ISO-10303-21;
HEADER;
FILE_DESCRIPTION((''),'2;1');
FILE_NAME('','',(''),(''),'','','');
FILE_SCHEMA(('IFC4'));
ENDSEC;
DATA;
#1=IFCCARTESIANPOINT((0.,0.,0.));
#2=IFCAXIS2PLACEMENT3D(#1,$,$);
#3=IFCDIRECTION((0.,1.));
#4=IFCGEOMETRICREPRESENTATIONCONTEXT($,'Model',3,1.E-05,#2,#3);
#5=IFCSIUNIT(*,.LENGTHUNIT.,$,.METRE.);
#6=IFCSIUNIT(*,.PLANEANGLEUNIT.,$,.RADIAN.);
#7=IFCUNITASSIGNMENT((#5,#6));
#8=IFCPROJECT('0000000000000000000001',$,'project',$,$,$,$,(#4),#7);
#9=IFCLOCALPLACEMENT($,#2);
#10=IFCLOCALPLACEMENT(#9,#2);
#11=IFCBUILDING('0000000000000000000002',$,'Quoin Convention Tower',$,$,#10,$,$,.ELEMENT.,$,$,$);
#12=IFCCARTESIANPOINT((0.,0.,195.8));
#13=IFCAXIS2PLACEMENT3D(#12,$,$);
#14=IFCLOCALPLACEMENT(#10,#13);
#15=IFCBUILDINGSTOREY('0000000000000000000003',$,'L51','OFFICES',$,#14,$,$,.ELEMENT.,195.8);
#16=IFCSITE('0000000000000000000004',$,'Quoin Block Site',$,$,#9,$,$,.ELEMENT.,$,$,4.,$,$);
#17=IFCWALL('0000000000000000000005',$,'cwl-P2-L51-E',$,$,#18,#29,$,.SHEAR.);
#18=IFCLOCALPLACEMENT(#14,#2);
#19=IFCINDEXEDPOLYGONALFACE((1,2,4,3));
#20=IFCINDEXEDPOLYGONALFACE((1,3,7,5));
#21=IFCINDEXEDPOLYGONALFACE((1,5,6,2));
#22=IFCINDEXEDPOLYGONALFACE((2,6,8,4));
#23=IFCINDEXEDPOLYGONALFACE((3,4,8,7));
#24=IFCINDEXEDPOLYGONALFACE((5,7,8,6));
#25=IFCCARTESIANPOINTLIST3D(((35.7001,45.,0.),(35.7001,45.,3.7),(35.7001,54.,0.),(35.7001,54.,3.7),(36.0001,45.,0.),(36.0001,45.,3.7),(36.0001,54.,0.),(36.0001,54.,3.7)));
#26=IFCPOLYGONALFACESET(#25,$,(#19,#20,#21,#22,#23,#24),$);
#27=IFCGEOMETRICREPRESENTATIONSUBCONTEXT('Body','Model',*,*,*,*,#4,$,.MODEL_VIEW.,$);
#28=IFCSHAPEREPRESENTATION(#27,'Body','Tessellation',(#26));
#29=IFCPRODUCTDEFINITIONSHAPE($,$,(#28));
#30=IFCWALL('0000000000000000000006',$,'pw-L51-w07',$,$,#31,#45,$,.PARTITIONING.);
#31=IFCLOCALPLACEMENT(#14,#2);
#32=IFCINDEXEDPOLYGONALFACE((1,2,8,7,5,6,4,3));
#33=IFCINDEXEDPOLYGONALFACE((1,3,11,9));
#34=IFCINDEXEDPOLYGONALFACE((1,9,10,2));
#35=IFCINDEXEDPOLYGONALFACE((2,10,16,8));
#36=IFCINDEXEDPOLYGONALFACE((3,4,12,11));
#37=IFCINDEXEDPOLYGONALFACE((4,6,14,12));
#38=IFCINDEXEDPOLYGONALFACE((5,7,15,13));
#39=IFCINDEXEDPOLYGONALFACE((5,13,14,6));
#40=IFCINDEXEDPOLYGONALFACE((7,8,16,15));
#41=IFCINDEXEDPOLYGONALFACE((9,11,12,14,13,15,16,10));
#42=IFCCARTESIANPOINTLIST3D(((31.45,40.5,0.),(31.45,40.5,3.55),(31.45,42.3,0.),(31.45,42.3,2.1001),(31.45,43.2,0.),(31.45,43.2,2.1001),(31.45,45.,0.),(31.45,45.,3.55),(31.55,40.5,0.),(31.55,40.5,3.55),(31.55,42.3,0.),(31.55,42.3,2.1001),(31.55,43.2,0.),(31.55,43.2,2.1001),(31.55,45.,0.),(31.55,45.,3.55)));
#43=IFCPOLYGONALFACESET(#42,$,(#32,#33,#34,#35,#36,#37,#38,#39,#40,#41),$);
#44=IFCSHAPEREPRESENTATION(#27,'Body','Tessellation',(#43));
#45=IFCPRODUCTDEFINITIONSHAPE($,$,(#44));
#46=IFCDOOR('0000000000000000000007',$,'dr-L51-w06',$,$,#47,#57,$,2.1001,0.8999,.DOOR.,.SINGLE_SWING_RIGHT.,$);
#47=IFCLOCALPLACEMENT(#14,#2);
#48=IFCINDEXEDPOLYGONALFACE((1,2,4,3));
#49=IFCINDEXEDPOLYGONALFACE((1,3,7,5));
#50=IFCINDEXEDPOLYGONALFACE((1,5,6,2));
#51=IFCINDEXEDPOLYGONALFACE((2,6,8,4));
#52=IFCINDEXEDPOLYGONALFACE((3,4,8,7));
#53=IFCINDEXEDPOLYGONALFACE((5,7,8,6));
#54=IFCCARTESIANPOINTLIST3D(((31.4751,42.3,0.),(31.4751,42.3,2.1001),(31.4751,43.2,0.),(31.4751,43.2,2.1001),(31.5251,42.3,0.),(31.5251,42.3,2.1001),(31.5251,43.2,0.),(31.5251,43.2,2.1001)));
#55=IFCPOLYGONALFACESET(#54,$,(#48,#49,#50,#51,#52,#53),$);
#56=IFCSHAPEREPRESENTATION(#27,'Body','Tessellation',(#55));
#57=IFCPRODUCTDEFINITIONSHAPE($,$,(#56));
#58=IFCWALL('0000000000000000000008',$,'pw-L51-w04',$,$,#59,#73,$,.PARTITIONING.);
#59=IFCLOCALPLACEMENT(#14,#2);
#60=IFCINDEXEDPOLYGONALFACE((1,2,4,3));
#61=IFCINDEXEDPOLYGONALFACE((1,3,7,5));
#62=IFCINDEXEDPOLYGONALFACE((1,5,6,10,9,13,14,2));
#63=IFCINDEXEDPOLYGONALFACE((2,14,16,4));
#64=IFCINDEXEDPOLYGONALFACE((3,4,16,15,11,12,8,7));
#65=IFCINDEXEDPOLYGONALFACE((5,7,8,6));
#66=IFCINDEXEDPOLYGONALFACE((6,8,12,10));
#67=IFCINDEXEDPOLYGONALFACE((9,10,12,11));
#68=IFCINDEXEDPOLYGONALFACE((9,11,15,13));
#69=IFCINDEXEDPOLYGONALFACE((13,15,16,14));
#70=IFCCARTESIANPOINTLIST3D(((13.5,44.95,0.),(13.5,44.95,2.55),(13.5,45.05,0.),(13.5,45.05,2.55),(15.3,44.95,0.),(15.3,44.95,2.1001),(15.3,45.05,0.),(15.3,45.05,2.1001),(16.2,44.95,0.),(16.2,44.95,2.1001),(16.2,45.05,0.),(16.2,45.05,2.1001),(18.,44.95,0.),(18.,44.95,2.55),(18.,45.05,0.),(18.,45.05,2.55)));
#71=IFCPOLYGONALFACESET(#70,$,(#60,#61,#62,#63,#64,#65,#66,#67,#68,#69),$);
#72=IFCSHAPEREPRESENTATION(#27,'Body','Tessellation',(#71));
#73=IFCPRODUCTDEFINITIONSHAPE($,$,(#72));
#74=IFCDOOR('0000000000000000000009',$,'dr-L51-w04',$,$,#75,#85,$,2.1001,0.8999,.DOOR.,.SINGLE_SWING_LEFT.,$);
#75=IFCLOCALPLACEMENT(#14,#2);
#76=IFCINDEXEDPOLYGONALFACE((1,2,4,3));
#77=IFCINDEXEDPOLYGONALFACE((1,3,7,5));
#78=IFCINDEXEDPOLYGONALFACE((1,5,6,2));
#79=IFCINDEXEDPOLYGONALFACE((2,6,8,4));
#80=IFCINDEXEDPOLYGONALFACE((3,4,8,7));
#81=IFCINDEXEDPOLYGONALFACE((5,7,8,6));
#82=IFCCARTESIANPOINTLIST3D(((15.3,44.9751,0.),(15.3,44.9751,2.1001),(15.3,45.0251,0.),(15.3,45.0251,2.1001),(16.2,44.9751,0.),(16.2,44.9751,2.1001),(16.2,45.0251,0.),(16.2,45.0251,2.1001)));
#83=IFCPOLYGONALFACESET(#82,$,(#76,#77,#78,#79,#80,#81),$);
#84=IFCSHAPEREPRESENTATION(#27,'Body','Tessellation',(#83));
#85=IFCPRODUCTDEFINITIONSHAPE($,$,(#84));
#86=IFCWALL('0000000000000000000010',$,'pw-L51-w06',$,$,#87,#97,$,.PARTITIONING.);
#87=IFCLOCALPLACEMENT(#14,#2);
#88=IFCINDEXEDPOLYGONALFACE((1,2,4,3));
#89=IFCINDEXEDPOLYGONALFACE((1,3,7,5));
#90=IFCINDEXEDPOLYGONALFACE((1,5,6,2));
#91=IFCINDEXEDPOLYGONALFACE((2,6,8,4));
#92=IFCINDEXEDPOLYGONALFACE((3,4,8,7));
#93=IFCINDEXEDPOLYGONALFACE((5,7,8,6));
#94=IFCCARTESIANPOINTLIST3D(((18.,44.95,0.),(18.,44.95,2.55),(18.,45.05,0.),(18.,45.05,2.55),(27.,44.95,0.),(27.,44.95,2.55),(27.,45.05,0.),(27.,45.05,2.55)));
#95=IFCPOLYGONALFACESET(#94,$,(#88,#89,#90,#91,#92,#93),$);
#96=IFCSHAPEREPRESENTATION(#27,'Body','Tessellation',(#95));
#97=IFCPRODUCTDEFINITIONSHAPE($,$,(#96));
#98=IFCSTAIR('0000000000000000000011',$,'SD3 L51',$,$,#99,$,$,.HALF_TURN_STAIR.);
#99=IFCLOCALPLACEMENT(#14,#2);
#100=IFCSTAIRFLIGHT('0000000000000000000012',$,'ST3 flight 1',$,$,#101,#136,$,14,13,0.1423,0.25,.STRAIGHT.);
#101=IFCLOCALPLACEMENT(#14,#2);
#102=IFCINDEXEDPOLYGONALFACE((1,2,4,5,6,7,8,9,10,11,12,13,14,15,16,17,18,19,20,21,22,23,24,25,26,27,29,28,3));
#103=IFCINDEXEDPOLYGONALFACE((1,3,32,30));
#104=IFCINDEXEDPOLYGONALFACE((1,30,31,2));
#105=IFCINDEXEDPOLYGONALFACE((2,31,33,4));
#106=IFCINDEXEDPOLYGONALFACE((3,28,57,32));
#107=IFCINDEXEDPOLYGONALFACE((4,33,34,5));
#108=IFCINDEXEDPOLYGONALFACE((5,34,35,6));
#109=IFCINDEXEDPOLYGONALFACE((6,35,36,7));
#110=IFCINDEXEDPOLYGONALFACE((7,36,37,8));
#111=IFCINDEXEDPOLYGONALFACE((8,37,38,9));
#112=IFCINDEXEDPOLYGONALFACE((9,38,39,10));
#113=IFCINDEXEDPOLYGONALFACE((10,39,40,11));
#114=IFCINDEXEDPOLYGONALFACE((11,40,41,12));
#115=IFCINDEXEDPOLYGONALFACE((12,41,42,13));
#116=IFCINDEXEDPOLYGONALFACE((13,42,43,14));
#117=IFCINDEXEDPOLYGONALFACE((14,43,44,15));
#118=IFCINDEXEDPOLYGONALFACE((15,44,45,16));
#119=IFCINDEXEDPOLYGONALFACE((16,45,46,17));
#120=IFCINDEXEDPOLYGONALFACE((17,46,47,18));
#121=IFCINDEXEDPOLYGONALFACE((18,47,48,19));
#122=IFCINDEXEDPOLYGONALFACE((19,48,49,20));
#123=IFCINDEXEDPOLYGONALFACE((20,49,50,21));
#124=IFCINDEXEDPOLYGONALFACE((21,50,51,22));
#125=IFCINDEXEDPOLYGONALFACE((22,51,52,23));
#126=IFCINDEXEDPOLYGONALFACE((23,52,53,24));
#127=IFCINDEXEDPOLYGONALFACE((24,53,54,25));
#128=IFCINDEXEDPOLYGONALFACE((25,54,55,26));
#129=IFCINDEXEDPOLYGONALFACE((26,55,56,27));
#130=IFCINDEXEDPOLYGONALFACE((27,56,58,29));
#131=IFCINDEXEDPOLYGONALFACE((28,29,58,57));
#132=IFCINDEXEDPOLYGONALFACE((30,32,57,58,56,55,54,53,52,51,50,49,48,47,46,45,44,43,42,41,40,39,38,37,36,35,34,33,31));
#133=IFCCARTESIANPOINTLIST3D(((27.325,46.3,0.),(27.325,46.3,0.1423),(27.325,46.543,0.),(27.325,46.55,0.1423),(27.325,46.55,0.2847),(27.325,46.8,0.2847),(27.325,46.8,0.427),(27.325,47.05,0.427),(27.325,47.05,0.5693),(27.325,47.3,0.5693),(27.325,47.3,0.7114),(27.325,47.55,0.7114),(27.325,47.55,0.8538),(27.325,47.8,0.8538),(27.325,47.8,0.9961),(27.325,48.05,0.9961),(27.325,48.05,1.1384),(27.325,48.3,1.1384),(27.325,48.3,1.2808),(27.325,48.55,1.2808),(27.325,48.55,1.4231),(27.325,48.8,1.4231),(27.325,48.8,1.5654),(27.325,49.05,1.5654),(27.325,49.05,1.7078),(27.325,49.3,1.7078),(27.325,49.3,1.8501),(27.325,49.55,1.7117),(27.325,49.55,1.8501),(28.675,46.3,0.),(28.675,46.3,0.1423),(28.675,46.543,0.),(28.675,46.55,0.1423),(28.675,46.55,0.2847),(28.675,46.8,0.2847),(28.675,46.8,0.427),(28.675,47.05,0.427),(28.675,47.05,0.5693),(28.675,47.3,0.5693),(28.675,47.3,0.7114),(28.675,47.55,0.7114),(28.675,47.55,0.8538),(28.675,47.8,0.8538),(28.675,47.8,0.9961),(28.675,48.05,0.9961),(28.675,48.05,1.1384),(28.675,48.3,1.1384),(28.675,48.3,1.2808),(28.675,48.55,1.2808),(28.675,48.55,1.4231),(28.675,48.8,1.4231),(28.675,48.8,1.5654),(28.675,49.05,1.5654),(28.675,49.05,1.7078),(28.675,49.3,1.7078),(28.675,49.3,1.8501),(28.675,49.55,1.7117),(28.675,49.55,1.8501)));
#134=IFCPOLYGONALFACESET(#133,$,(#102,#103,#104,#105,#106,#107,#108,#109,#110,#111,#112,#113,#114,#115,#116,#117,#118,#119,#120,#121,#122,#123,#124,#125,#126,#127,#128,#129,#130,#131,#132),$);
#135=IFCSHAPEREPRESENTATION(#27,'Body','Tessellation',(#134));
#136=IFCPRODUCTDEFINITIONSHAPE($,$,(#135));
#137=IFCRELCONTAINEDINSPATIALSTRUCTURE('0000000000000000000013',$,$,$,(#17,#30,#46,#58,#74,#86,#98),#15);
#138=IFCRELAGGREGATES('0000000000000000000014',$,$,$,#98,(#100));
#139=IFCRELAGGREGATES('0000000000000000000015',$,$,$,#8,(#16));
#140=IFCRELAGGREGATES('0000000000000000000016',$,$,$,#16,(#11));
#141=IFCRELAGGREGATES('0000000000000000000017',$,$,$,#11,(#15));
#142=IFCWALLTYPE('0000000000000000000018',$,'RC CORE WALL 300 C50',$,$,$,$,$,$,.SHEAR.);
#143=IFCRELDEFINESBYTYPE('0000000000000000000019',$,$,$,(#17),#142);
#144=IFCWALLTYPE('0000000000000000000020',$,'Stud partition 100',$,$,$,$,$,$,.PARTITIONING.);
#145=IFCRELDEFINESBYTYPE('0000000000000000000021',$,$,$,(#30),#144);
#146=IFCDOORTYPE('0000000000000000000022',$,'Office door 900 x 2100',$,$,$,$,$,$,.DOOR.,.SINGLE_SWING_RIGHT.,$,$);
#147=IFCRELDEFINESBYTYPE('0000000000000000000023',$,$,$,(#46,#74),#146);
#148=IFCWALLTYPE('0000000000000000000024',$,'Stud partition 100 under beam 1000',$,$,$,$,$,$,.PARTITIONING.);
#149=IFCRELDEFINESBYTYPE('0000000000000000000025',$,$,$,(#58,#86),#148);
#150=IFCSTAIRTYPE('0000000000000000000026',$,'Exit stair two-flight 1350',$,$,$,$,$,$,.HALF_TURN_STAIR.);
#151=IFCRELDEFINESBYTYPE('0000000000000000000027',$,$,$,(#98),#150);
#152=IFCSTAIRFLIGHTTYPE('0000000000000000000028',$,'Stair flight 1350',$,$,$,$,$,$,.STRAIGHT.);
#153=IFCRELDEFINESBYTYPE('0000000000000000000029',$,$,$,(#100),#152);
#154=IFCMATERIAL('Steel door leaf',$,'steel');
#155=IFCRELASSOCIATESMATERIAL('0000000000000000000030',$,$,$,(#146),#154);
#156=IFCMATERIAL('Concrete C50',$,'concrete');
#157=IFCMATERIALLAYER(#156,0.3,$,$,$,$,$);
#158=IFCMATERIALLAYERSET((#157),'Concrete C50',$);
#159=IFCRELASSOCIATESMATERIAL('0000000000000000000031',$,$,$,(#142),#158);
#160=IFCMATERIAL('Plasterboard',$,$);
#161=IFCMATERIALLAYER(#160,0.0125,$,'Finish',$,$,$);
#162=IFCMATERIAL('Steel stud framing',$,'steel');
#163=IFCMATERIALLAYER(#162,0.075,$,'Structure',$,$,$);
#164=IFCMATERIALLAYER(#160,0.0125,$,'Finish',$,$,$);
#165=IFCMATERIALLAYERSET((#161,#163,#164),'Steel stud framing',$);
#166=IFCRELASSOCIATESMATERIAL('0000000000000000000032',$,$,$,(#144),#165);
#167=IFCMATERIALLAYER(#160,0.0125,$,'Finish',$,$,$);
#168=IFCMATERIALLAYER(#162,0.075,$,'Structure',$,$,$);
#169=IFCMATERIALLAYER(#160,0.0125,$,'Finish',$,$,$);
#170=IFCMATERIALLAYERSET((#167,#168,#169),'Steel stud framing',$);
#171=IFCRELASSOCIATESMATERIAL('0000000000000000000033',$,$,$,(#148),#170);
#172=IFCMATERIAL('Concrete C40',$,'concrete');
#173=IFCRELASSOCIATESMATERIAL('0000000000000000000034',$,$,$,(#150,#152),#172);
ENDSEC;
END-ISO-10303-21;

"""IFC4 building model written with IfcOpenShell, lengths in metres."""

from ifc_helpers import new_model, si_unit, direction, frame, frame_2d, origin, place, context, subcontext, project, spatial, polyline, rectangle, outline, extrude, material, layer, layer_set, type_object, element, fill, aggregate, save


model = new_model("IFC4")

# Units and contexts
model_context = context("Model", 3, precision=1e-05, world=origin(), true_north=direction((0.0, 1.0)))
body_context = subcontext(model_context, "Body", "Model", "MODEL_VIEW")
ifc_project = project(units=[si_unit("LENGTHUNIT", "METRE"), si_unit("PLANEANGLEUNIT", "RADIAN")], contexts=[model_context])

# Site, building, storey
site_placement = place(None, origin())
site = spatial("IfcSite", under=ifc_project, at=site_placement, Name="Quoin Block Site", CompositionType="ELEMENT", RefElevation=4.0)
building_placement = place(site_placement, origin())
building = spatial("IfcBuilding", under=site, at=building_placement, Name="Quoin Convention Tower", CompositionType="ELEMENT")
storey_placement = place(building_placement, frame((0.0, 0.0, 195.8)))
storey = spatial("IfcBuildingStorey", under=building, at=storey_placement, Name="L51", Description="OFFICES", CompositionType="ELEMENT", Elevation=195.8)

# Shared definitions
ifc_material_1 = material(Name="Concrete C50", Category="concrete")

# Shared definitions
ifc_material_2 = material(Name="Plasterboard")
ifc_material_3 = material(Name="Steel stud framing", Category="steel")
ifc_material_4 = material(Name="Steel door leaf", Category="steel")
door_type_1 = type_object("IfcDoorType", Name="Office door 900 x 2100", OperationType="SINGLE_SWING_RIGHT", PredefinedType="DOOR", material=ifc_material_4)
ifc_layer_1 = layer(ifc_material_1, 0.3)
ifc_layer_set_1 = layer_set([ifc_layer_1], Name="Concrete C50")
wall_type_1 = type_object("IfcWallType", Name="RC CORE WALL 300 C50", PredefinedType="SHEAR", material=ifc_layer_set_1)

# Wall
wall_1_placement = place(storey_placement, frame((35.8501, 45.0, 0.0), z_axis=(0.0, 0.0, 1.0), x_axis=(0.0, 1.0, 0.0)))
element("IfcWall", 1, at=wall_1_placement, inside=storey, type_object=wall_type_1, Name="cwl-P2-L51-E", PredefinedType="SHEAR", context=body_context, shape_type="SweptSolid", body=[
    extrude(rectangle(XDim=9.0, YDim=0.3, at=frame_2d((4.5, 0.0))), origin(), (0.0, 0.0, 1.0), 3.7),
])

# Walls, openings, doors
ifc_layer_2 = layer(ifc_material_2, 0.0125, Name="Finish")
ifc_layer_3 = layer(ifc_material_3, 0.075, Name="Structure")
ifc_layer_4 = layer(ifc_material_2, 0.0125, Name="Finish")
ifc_layer_set_2 = layer_set([ifc_layer_2, ifc_layer_3, ifc_layer_4], Name="Steel stud framing")
wall_type_2 = type_object("IfcWallType", Name="Stud partition 100", PredefinedType="PARTITIONING", material=ifc_layer_set_2)
wall_2_placement = place(storey_placement, frame((31.5, 45.0, 0.0), z_axis=(0.0, 0.0, 1.0), x_axis=(0.0, -1.0, 0.0)))
wall_2 = element("IfcWall", 2, at=wall_2_placement, inside=storey, type_object=wall_type_2, Name="pw-L51-w07", PredefinedType="PARTITIONING", context=body_context, shape_type="SweptSolid", body=[
    extrude(rectangle(XDim=4.5, YDim=0.1001, at=frame_2d((2.25, 0.0))), origin(), (0.0, 0.0, 1.0), 3.55),
])
opening_1_placement = place(wall_2_placement, frame((1.8, 0.0, 0.0)))
opening_1 = element("IfcOpeningElement", 3, at=opening_1_placement, cuts=wall_2, PredefinedType="OPENING", context=body_context, shape_type="SweptSolid", body=[
    extrude(rectangle(XDim=0.8999, YDim=2.1001, at=frame_2d((0.45, 1.05))), frame((0.0, 0.0601, 0.0), z_axis=(0.0, -1.0, 0.0), x_axis=(1.0, 0.0, 0.0)), (0.0, 0.0, 1.0), 0.1201),
])
door_1_placement = place(opening_1_placement, frame((0.8999, 0.0, 0.0), z_axis=(0.0, 0.0, 1.0), x_axis=(-1.0, 0.0, 0.0)))
door_1 = element("IfcDoor", 4, at=door_1_placement, inside=storey, type_object=door_type_1, Name="dr-L51-w06", OperationType="SINGLE_SWING_RIGHT", OverallHeight=2.1001, OverallWidth=0.8999, PredefinedType="DOOR", context=body_context, shape_type="SweptSolid", body=[
    extrude(rectangle(XDim=0.8999, YDim=2.1001, at=frame_2d((0.45, 1.05))), frame((0.0, 0.0249, 0.0), z_axis=(0.0, -1.0, 0.0), x_axis=(1.0, 0.0, 0.0)), (0.0, 0.0, 1.0), 0.05),
])
fill(opening_1, door_1)
ifc_layer_5 = layer(ifc_material_2, 0.0125, Name="Finish")
ifc_layer_6 = layer(ifc_material_3, 0.075, Name="Structure")
ifc_layer_7 = layer(ifc_material_2, 0.0125, Name="Finish")
ifc_layer_set_3 = layer_set([ifc_layer_5, ifc_layer_6, ifc_layer_7], Name="Steel stud framing")
wall_type_3 = type_object("IfcWallType", Name="Stud partition 100 under beam 1000", PredefinedType="PARTITIONING", material=ifc_layer_set_3)
wall_3_placement = place(storey_placement, frame((18.0, 45.0, 0.0), z_axis=(0.0, 0.0, 1.0), x_axis=(-1.0, 0.0, 0.0)))
wall_3 = element("IfcWall", 5, at=wall_3_placement, inside=storey, type_object=wall_type_3, Name="pw-L51-w04", PredefinedType="PARTITIONING", context=body_context, shape_type="SweptSolid", body=[
    extrude(rectangle(XDim=4.5, YDim=0.1001, at=frame_2d((2.25, 0.0))), origin(), (0.0, 0.0, 1.0), 2.55),
])
opening_2_placement = place(wall_3_placement, frame((1.8, 0.0, 0.0)))
opening_2 = element("IfcOpeningElement", 6, at=opening_2_placement, cuts=wall_3, PredefinedType="OPENING", context=body_context, shape_type="SweptSolid", body=[
    extrude(rectangle(XDim=0.8999, YDim=2.1001, at=frame_2d((0.45, 1.05))), frame((0.0, 0.0601, 0.0), z_axis=(0.0, -1.0, 0.0), x_axis=(1.0, 0.0, 0.0)), (0.0, 0.0, 1.0), 0.1201),
])
door_2_placement = place(opening_2_placement, origin())
door_2 = element("IfcDoor", 7, at=door_2_placement, inside=storey, type_object=door_type_1, Name="dr-L51-w04", OperationType="SINGLE_SWING_LEFT", OverallHeight=2.1001, OverallWidth=0.8999, PredefinedType="DOOR", context=body_context, shape_type="SweptSolid", body=[
    extrude(rectangle(XDim=0.8999, YDim=2.1001, at=frame_2d((0.45, 1.05))), frame((0.0, 0.0249, 0.0), z_axis=(0.0, -1.0, 0.0), x_axis=(1.0, 0.0, 0.0)), (0.0, 0.0, 1.0), 0.05),
])
fill(opening_2, door_2)

# Wall
wall_4_placement = place(storey_placement, frame((18.0, 45.0, 0.0), z_axis=(0.0, 0.0, 1.0), x_axis=(1.0, 0.0, 0.0)))
element("IfcWall", 8, at=wall_4_placement, inside=storey, type_object=wall_type_3, Name="pw-L51-w06", PredefinedType="PARTITIONING", context=body_context, shape_type="SweptSolid", body=[
    extrude(rectangle(XDim=9.0, YDim=0.1001, at=frame_2d((4.5, 0.0))), origin(), (0.0, 0.0, 1.0), 2.55),
])

# Stair, stair flight
ifc_material_5 = material(Name="Concrete C40", Category="concrete")
stair_type = type_object("IfcStairType", Name="Exit stair two-flight 1350", PredefinedType="HALF_TURN_STAIR", material=ifc_material_5)
stair_placement = place(storey_placement, origin())
stair = element("IfcStair", 9, at=stair_placement, inside=storey, type_object=stair_type, Name="SD3 L51", PredefinedType="HALF_TURN_STAIR")
stair_flight_type = type_object("IfcStairFlightType", Name="Stair flight 1350", PredefinedType="STRAIGHT", material=ifc_material_5)
stair_flight_placement = place(storey_placement, frame((28.0, 46.3, 0.0), z_axis=(0.0, 0.0, 1.0), x_axis=(0.0, 1.0, 0.0)))
stair_flight = element("IfcStairFlight", 10, at=stair_flight_placement, type_object=stair_flight_type, Name="ST3 flight 1", NumberOfRisers=14, NumberOfTreads=13, PredefinedType="STRAIGHT", RiserHeight=0.1423, TreadLength=0.25, context=body_context, shape_type="SweptSolid", body=[
    extrude(outline(polyline([(0.0, 0.0), (0.0, 0.1423), (0.25, 0.1423), (0.25, 0.2847), (0.5, 0.2847), (0.5, 0.427), (0.75, 0.427), (0.75, 0.5693), (1.0, 0.5693), (1.0, 0.7114), (1.25, 0.7114), (1.25, 0.8538), (1.5, 0.8538), (1.5, 0.9961), (1.75, 0.9961), (1.75, 1.1384), (2.0, 1.1384), (2.0, 1.2808), (2.25, 1.2808), (2.25, 1.4231), (2.5, 1.4231), (2.5, 1.5654), (2.75, 1.5654), (2.75, 1.7078), (3.0, 1.7078), (3.0, 1.8501), (3.25, 1.8501), (3.25, 1.9922), (3.25, 1.7117), (0.2429, 0.0), (0.0, 0.0)])), frame((0.0, 0.675, 0.0), z_axis=(0.0, -1.0, 0.0), x_axis=(1.0, 0.0, 0.0)), (0.0, 0.0, 1.0), 1.3501),
])
aggregate(stair, [stair_flight])

save(model, "model.ifc")
